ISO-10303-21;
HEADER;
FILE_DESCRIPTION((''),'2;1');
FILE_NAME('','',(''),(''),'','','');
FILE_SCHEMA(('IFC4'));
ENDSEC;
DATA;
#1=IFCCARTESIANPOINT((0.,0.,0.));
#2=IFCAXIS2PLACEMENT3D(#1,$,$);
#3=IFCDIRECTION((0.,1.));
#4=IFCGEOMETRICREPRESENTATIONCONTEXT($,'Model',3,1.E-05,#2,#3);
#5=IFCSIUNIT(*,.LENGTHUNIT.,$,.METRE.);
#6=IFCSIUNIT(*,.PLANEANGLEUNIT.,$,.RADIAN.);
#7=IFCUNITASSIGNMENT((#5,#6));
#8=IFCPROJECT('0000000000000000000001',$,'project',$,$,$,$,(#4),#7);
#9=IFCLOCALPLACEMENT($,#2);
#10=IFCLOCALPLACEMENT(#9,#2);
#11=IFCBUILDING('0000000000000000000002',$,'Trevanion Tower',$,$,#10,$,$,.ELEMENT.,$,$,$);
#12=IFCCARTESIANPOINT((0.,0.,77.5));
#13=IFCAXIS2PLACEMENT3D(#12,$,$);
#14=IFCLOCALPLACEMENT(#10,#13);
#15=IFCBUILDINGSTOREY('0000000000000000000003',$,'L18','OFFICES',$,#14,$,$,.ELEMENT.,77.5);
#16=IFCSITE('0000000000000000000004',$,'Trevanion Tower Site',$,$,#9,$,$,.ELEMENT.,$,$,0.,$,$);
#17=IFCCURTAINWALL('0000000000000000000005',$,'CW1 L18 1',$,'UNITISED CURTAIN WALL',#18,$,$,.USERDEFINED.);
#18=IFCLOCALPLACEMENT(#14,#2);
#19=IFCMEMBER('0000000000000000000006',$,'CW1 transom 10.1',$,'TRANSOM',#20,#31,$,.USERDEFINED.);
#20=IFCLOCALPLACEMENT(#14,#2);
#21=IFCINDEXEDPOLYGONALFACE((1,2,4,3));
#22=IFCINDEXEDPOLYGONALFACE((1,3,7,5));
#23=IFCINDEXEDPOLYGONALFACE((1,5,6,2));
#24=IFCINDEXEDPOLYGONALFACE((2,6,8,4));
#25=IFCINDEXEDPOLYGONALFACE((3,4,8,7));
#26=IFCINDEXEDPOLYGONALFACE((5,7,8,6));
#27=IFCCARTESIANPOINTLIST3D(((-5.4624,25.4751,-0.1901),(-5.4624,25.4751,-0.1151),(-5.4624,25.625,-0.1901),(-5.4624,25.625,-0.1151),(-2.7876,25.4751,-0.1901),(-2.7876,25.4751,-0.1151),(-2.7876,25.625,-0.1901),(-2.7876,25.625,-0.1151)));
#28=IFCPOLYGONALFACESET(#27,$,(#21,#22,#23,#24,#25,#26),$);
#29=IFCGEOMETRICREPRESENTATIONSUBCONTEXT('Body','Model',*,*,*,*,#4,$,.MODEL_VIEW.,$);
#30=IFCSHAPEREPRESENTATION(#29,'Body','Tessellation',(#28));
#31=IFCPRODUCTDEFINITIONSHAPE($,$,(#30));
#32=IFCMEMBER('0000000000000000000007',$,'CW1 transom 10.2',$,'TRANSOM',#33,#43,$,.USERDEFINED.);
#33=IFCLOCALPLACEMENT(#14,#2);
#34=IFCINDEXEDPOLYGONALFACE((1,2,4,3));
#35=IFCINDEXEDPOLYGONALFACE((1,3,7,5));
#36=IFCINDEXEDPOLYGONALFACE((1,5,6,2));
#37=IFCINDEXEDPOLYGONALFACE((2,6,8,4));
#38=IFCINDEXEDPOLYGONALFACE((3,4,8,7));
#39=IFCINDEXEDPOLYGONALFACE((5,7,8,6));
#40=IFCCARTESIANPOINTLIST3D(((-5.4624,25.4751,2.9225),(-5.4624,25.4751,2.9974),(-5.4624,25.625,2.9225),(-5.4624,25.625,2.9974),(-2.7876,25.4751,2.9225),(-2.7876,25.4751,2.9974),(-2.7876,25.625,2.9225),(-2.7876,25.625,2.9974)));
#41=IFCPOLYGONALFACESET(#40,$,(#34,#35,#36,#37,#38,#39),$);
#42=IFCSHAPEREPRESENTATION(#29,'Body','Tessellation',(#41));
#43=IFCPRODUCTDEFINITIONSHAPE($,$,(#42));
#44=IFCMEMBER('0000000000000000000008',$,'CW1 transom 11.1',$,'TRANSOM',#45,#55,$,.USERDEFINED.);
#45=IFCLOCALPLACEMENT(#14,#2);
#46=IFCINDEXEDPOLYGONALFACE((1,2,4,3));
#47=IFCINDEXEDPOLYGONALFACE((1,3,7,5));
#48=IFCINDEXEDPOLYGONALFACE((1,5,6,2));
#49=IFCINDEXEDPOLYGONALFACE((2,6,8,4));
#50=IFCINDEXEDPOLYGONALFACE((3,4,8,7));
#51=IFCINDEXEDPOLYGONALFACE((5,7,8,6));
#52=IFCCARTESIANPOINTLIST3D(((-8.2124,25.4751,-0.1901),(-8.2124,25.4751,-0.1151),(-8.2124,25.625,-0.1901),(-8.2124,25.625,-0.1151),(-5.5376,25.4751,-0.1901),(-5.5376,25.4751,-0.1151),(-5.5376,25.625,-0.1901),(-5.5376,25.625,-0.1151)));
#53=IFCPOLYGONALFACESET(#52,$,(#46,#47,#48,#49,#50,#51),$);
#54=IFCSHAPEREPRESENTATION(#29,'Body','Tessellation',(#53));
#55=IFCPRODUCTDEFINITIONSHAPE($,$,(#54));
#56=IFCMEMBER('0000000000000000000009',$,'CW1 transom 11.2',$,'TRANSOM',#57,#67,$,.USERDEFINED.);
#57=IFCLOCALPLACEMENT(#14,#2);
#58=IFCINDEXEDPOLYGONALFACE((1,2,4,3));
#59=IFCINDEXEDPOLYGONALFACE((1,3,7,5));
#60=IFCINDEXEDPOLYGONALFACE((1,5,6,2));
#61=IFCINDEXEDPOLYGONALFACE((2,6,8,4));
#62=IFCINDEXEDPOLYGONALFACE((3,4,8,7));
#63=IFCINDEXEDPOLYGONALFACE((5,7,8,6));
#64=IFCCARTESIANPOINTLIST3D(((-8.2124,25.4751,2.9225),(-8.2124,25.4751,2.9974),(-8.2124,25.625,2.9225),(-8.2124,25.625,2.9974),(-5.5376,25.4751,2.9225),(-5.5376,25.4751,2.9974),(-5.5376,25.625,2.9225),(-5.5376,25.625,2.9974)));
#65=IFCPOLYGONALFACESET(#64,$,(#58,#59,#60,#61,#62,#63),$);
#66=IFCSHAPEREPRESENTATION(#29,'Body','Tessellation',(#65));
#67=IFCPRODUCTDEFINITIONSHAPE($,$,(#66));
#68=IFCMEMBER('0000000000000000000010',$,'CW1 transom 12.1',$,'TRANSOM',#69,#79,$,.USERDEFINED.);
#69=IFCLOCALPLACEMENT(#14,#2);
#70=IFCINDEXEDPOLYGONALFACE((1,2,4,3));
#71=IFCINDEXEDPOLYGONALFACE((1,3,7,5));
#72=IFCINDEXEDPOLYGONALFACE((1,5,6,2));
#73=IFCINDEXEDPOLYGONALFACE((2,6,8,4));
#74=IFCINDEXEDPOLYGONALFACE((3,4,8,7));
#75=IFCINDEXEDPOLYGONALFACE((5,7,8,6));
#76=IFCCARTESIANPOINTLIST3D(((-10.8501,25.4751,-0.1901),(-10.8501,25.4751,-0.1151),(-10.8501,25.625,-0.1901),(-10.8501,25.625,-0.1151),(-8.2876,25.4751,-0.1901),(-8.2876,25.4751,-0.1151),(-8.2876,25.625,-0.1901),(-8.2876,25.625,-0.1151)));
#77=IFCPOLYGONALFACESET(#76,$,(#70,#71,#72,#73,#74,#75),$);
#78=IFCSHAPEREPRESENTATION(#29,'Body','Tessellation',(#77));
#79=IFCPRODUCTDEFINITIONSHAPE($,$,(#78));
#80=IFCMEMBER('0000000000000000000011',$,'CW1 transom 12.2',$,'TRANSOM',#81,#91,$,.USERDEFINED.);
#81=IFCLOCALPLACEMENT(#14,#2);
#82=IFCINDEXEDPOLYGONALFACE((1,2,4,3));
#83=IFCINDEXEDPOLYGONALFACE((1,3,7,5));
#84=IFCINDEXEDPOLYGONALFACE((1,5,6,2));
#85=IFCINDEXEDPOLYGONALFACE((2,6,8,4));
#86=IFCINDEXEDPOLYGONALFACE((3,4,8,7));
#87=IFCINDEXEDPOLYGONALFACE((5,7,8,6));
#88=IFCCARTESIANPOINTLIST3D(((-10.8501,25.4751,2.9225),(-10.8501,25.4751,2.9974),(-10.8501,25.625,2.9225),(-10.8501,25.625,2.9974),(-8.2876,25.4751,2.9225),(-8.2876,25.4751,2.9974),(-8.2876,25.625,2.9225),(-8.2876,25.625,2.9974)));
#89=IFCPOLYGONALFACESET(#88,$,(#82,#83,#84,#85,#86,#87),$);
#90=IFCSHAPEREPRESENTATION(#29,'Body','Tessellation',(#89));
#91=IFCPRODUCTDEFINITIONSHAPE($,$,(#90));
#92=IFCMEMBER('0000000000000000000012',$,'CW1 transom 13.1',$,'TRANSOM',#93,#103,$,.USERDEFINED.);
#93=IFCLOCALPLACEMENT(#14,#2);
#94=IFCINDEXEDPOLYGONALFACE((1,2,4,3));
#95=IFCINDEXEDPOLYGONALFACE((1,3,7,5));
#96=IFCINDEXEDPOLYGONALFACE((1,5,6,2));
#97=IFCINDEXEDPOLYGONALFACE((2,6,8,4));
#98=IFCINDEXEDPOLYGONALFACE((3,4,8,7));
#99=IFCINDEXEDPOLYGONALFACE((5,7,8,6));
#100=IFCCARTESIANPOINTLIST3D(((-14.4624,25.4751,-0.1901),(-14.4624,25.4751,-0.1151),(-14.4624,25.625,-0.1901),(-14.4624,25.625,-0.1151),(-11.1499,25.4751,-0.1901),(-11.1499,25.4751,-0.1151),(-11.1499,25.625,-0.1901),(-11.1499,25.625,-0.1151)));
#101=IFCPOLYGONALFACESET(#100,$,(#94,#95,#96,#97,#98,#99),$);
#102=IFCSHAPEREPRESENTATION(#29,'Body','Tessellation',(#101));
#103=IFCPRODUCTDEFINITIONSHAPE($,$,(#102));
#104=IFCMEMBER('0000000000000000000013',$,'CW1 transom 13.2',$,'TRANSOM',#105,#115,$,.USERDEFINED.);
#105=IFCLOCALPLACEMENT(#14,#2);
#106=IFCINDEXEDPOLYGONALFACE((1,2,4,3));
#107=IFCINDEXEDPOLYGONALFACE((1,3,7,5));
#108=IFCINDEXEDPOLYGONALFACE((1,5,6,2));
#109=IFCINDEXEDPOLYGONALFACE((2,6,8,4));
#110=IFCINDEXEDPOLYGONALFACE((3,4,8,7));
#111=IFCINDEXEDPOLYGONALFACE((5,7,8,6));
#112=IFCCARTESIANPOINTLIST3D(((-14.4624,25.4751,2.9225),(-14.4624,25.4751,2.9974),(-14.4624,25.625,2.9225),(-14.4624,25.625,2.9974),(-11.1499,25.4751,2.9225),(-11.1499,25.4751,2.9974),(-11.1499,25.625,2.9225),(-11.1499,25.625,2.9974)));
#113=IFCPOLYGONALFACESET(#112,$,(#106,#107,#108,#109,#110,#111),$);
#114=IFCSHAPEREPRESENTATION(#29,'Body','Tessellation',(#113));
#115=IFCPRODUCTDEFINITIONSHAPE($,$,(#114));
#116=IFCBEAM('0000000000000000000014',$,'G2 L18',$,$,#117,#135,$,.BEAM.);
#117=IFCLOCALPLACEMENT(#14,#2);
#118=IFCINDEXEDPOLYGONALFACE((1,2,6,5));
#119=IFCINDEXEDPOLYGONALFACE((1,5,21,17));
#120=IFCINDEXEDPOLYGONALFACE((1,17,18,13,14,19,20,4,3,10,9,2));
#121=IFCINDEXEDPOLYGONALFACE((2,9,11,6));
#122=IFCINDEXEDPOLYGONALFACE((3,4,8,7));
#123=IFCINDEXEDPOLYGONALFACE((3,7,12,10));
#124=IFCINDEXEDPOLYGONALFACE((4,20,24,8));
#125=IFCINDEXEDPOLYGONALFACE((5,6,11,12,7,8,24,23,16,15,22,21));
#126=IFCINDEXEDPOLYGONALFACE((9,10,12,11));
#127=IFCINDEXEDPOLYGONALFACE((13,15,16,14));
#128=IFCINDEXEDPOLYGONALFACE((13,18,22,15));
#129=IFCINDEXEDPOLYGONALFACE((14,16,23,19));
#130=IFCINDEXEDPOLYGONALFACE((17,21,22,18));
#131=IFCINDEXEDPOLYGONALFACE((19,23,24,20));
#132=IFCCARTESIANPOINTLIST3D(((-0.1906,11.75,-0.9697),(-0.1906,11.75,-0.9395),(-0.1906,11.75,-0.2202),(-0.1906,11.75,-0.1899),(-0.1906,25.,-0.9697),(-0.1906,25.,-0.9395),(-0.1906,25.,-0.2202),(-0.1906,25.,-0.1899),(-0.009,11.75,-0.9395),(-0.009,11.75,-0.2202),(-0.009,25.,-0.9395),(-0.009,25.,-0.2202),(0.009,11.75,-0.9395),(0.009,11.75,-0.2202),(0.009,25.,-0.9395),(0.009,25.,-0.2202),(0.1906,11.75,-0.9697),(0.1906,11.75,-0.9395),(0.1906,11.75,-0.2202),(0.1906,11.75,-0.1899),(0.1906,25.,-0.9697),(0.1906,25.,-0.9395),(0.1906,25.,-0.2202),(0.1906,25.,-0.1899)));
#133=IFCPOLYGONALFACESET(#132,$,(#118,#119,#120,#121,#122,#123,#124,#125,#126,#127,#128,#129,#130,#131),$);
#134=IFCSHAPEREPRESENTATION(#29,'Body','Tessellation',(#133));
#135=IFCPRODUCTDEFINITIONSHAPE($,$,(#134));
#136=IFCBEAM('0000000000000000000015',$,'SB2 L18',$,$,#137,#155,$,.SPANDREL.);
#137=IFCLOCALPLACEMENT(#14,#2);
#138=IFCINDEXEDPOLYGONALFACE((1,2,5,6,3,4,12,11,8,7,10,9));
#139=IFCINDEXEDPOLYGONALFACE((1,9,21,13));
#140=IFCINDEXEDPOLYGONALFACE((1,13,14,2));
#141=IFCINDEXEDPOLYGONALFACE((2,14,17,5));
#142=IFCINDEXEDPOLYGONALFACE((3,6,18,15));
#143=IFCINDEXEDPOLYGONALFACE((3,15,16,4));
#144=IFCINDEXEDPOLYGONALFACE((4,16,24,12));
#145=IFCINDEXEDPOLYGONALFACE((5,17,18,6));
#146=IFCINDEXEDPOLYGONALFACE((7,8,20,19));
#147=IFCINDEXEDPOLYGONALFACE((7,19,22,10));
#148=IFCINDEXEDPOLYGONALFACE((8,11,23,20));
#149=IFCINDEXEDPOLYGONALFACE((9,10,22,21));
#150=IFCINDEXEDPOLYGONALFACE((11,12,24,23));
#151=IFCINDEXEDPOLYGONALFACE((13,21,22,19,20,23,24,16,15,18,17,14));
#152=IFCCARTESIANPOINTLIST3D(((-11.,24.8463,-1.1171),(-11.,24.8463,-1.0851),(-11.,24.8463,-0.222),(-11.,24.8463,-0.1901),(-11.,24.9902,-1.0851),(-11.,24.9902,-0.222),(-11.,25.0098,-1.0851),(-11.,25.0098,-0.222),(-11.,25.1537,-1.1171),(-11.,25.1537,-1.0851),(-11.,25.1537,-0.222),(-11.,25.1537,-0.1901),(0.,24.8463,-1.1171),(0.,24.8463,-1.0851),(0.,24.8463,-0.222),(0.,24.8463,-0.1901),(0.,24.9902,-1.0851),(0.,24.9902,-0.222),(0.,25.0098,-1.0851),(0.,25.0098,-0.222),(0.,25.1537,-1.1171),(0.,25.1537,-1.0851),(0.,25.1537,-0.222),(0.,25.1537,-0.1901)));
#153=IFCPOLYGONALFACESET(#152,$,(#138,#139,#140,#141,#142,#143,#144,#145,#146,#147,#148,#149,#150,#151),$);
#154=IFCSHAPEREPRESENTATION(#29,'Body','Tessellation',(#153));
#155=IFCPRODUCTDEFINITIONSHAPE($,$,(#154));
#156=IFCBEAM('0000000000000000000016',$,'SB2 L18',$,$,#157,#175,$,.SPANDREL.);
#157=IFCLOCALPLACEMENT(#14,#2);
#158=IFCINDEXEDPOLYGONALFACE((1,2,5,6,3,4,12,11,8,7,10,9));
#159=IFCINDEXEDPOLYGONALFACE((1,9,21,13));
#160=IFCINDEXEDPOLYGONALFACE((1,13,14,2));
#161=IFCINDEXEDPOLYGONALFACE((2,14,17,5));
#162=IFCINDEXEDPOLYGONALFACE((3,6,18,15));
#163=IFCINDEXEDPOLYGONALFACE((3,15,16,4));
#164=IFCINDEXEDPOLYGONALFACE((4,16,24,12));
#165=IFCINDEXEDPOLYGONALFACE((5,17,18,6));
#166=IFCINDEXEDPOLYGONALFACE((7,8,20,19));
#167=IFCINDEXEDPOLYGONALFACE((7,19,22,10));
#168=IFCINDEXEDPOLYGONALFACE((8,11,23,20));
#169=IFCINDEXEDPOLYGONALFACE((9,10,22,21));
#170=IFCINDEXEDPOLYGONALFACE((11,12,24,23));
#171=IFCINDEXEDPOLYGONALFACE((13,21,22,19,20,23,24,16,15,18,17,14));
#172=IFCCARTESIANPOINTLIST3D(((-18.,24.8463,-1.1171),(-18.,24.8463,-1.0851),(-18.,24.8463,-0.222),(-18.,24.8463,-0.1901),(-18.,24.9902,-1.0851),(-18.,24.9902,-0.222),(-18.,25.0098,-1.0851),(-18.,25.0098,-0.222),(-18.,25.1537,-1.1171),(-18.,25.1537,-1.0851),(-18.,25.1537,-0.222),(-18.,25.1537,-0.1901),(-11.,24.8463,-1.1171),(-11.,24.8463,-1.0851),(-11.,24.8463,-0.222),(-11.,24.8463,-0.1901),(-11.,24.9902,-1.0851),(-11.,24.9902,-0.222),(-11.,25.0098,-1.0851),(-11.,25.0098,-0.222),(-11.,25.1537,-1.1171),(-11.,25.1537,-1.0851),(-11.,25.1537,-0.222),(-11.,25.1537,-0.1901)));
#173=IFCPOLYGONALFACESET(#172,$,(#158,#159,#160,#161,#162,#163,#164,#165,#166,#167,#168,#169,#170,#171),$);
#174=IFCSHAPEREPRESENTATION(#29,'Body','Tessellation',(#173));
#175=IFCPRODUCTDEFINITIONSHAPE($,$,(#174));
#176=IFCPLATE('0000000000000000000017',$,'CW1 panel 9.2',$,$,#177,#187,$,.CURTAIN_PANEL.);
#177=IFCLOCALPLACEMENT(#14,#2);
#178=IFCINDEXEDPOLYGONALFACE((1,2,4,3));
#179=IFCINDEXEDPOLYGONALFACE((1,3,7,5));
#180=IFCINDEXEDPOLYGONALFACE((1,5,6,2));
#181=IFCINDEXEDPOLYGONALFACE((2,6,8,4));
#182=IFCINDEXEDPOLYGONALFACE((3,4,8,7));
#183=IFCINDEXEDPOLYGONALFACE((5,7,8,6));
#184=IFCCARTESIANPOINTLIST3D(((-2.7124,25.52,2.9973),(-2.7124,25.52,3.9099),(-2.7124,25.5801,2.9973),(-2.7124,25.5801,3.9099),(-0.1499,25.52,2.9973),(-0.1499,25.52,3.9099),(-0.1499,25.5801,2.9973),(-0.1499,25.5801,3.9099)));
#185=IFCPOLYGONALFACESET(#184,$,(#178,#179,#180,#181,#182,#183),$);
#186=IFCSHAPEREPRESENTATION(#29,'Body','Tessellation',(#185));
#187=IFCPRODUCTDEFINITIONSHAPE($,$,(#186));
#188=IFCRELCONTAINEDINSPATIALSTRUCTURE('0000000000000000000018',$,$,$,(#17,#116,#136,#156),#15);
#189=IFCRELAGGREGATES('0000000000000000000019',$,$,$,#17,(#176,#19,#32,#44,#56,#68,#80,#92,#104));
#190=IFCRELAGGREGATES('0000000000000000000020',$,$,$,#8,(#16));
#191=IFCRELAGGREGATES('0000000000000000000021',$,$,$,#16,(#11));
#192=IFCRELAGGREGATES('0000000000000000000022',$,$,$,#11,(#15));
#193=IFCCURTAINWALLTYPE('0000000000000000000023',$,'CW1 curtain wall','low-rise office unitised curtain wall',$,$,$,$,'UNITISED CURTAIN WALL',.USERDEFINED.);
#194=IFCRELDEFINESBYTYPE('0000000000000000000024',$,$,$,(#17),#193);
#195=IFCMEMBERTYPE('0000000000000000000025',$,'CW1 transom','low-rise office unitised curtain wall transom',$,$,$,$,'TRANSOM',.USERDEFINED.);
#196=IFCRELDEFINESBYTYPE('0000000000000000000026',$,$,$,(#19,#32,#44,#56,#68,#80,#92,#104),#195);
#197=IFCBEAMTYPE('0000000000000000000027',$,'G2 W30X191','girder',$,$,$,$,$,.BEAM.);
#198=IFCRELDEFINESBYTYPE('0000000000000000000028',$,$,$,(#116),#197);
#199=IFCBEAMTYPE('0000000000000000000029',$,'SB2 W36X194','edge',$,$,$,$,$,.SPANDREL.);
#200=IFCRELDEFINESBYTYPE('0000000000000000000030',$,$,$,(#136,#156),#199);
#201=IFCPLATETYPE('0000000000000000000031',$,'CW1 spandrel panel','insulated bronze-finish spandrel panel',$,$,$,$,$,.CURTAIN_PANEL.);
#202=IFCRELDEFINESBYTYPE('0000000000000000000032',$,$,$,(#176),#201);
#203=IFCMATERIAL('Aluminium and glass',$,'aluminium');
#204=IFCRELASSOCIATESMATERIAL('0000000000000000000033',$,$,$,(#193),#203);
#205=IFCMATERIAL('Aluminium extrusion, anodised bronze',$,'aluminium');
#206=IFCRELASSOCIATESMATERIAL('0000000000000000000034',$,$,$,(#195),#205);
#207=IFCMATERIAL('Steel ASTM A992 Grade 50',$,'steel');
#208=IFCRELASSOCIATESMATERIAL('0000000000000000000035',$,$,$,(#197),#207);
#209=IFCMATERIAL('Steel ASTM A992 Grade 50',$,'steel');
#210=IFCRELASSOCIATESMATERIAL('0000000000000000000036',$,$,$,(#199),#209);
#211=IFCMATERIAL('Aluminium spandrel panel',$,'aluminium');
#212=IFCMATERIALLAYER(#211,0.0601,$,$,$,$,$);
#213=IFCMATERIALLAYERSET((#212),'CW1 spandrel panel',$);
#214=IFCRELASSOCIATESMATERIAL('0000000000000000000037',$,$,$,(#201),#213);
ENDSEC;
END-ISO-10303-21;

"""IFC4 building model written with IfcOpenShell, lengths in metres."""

from ifc_helpers import new_model, si_unit, direction, frame, origin, origin_2d, place, context, subcontext, project, spatial, rectangle, i_section, extrude, material, layer, layer_set, material_profile, profile_set, type_object, element, aggregate, save


model = new_model("IFC4")

# Units and contexts
model_context = context("Model", 3, precision=1e-05, world=origin(), true_north=direction((0.0, 1.0)))
body_context = subcontext(model_context, "Body", "Model", "MODEL_VIEW")
ifc_project = project(units=[si_unit("LENGTHUNIT", "METRE"), si_unit("PLANEANGLEUNIT", "RADIAN")], contexts=[model_context])

# Site, building, storey
site_placement = place(None, origin())
site = spatial("IfcSite", under=ifc_project, at=site_placement, Name="Trevanion Tower Site", CompositionType="ELEMENT", RefElevation=0.0)
building_placement = place(site_placement, origin())
building = spatial("IfcBuilding", under=site, at=building_placement, Name="Trevanion Tower", CompositionType="ELEMENT")
storey_placement = place(building_placement, frame((0.0, 0.0, 77.5)))
storey = spatial("IfcBuildingStorey", under=building, at=storey_placement, Name="L18", Description="OFFICES", CompositionType="ELEMENT", Elevation=77.5)

# Curtain wall, members
ifc_material_1 = material(Name="Aluminium and glass", Category="aluminium")
curtain_wall_type = type_object("IfcCurtainWallType", Name="CW1 curtain wall", Description="low-rise office unitised curtain wall", ElementType="UNITISED CURTAIN WALL", PredefinedType="USERDEFINED", material=ifc_material_1)
curtain_wall_placement = place(storey_placement, origin())
curtain_wall = element("IfcCurtainWall", 1, at=curtain_wall_placement, inside=storey, type_object=curtain_wall_type, Name="CW1 L18 1", ObjectType="UNITISED CURTAIN WALL", PredefinedType="USERDEFINED")
ifc_material_2 = material(Name="Aluminium extrusion, anodised bronze", Category="aluminium")
ifc_material_profile_1 = material_profile(ifc_material_2, rectangle(XDim=0.1499, YDim=0.075, at=origin_2d()), Name="CW1 transom")
ifc_profile_set_1 = profile_set([ifc_material_profile_1], Name="Aluminium extrusion, anodised bronze")
member_type_1 = type_object("IfcMemberType", Name="CW1 transom", Description="low-rise office unitised curtain wall transom", ElementType="TRANSOM", PredefinedType="USERDEFINED", material=ifc_profile_set_1)
member_1_placement = place(storey_placement, frame((-2.7876, 25.55, -0.1526), z_axis=(-1.0, 0.0, 0.0), x_axis=(0.0, -1.0, 0.0)))
member_1 = element("IfcMember", 2, at=member_1_placement, type_object=member_type_1, Name="CW1 transom 10.1", ObjectType="TRANSOM", PredefinedType="USERDEFINED", context=body_context, shape_type="SweptSolid", body=[
    extrude(rectangle(XDim=0.1499, YDim=0.075, at=origin_2d()), origin(), (0.0, 0.0, 1.0), 2.6748),
])
member_2_placement = place(storey_placement, frame((-2.7876, 25.55, 2.96), z_axis=(-1.0, 0.0, 0.0), x_axis=(0.0, -1.0, 0.0)))
member_2 = element("IfcMember", 3, at=member_2_placement, type_object=member_type_1, Name="CW1 transom 10.2", ObjectType="TRANSOM", PredefinedType="USERDEFINED", context=body_context, shape_type="SweptSolid", body=[
    extrude(rectangle(XDim=0.1499, YDim=0.075, at=origin_2d()), origin(), (0.0, 0.0, 1.0), 2.6748),
])
member_3_placement = place(storey_placement, frame((-5.5376, 25.55, -0.1526), z_axis=(-1.0, 0.0, 0.0), x_axis=(0.0, -1.0, 0.0)))
member_3 = element("IfcMember", 4, at=member_3_placement, type_object=member_type_1, Name="CW1 transom 11.1", ObjectType="TRANSOM", PredefinedType="USERDEFINED", context=body_context, shape_type="SweptSolid", body=[
    extrude(rectangle(XDim=0.1499, YDim=0.075, at=origin_2d()), origin(), (0.0, 0.0, 1.0), 2.6748),
])
member_4_placement = place(storey_placement, frame((-5.5376, 25.55, 2.96), z_axis=(-1.0, 0.0, 0.0), x_axis=(0.0, -1.0, 0.0)))
member_4 = element("IfcMember", 5, at=member_4_placement, type_object=member_type_1, Name="CW1 transom 11.2", ObjectType="TRANSOM", PredefinedType="USERDEFINED", context=body_context, shape_type="SweptSolid", body=[
    extrude(rectangle(XDim=0.1499, YDim=0.075, at=origin_2d()), origin(), (0.0, 0.0, 1.0), 2.6748),
])
member_5_placement = place(storey_placement, frame((-8.2876, 25.55, -0.1526), z_axis=(-1.0, 0.0, 0.0), x_axis=(0.0, -1.0, 0.0)))
member_5 = element("IfcMember", 6, at=member_5_placement, type_object=member_type_1, Name="CW1 transom 12.1", ObjectType="TRANSOM", PredefinedType="USERDEFINED", context=body_context, shape_type="SweptSolid", body=[
    extrude(rectangle(XDim=0.1499, YDim=0.075, at=origin_2d()), origin(), (0.0, 0.0, 1.0), 2.5625),
])
member_6_placement = place(storey_placement, frame((-8.2876, 25.55, 2.96), z_axis=(-1.0, 0.0, 0.0), x_axis=(0.0, -1.0, 0.0)))
member_6 = element("IfcMember", 7, at=member_6_placement, type_object=member_type_1, Name="CW1 transom 12.2", ObjectType="TRANSOM", PredefinedType="USERDEFINED", context=body_context, shape_type="SweptSolid", body=[
    extrude(rectangle(XDim=0.1499, YDim=0.075, at=origin_2d()), origin(), (0.0, 0.0, 1.0), 2.5625),
])
member_7_placement = place(storey_placement, frame((-11.1499, 25.55, -0.1526), z_axis=(-1.0, 0.0, 0.0), x_axis=(0.0, -1.0, 0.0)))
member_7 = element("IfcMember", 8, at=member_7_placement, type_object=member_type_1, Name="CW1 transom 13.1", ObjectType="TRANSOM", PredefinedType="USERDEFINED", context=body_context, shape_type="SweptSolid", body=[
    extrude(rectangle(XDim=0.1499, YDim=0.075, at=origin_2d()), origin(), (0.0, 0.0, 1.0), 3.3125),
])
member_8_placement = place(storey_placement, frame((-11.1499, 25.55, 2.96), z_axis=(-1.0, 0.0, 0.0), x_axis=(0.0, -1.0, 0.0)))
member_8 = element("IfcMember", 9, at=member_8_placement, type_object=member_type_1, Name="CW1 transom 13.2", ObjectType="TRANSOM", PredefinedType="USERDEFINED", context=body_context, shape_type="SweptSolid", body=[
    extrude(rectangle(XDim=0.1499, YDim=0.075, at=origin_2d()), origin(), (0.0, 0.0, 1.0), 3.3125),
])

# Beams
ifc_material_3 = material(Name="Steel ASTM A992 Grade 50", Category="steel")
ifc_material_profile_2 = material_profile(ifc_material_3, i_section(OverallWidth=0.3811, OverallDepth=0.7798, WebThickness=0.0181, FlangeThickness=0.0303, at=origin_2d()), Name="W30X191")
ifc_profile_set_2 = profile_set([ifc_material_profile_2], Name="Steel ASTM A992 Grade 50")
beam_type_1 = type_object("IfcBeamType", Name="G2 W30X191", Description="girder", PredefinedType="BEAM", material=ifc_profile_set_2)
beam_1_placement = place(storey_placement, frame((0.0, 11.75, -0.5798), z_axis=(0.0, 1.0, 0.0), x_axis=(-1.0, 0.0, 0.0)))
element("IfcBeam", 10, at=beam_1_placement, inside=storey, type_object=beam_type_1, Name="G2 L18", PredefinedType="BEAM", context=body_context, shape_type="SweptSolid", body=[
    extrude(i_section(OverallWidth=0.3811, OverallDepth=0.7798, WebThickness=0.0181, FlangeThickness=0.0303, at=origin_2d()), origin(), (0.0, 0.0, 1.0), 13.25),
])
ifc_material_4 = material(Name="Steel ASTM A992 Grade 50", Category="steel")
ifc_material_profile_3 = material_profile(ifc_material_4, i_section(OverallWidth=0.3074, OverallDepth=0.927, WebThickness=0.0195, FlangeThickness=0.032, at=origin_2d()), Name="W36X194")
ifc_profile_set_3 = profile_set([ifc_material_profile_3], Name="Steel ASTM A992 Grade 50")
beam_type_2 = type_object("IfcBeamType", Name="SB2 W36X194", Description="edge", PredefinedType="SPANDREL", material=ifc_profile_set_3)
beam_2_placement = place(storey_placement, frame((0.0, 25.0, -0.6536), z_axis=(-1.0, 0.0, 0.0), x_axis=(0.0, -1.0, 0.0)))
element("IfcBeam", 11, at=beam_2_placement, inside=storey, type_object=beam_type_2, Name="SB2 L18", PredefinedType="SPANDREL", context=body_context, shape_type="SweptSolid", body=[
    extrude(i_section(OverallWidth=0.3074, OverallDepth=0.927, WebThickness=0.0195, FlangeThickness=0.032, at=origin_2d()), origin(), (0.0, 0.0, 1.0), 11.0),
])
beam_3_placement = place(storey_placement, frame((-11.0, 25.0, -0.6536), z_axis=(-1.0, 0.0, 0.0), x_axis=(0.0, -1.0, 0.0)))
element("IfcBeam", 12, at=beam_3_placement, inside=storey, type_object=beam_type_2, Name="SB2 L18", PredefinedType="SPANDREL", context=body_context, shape_type="SweptSolid", body=[
    extrude(i_section(OverallWidth=0.3074, OverallDepth=0.927, WebThickness=0.0195, FlangeThickness=0.032, at=origin_2d()), origin(), (0.0, 0.0, 1.0), 7.0),
])

# Plate
ifc_material_5 = material(Name="Aluminium spandrel panel", Category="aluminium")
ifc_layer_1 = layer(ifc_material_5, 0.0601)
ifc_layer_set_1 = layer_set([ifc_layer_1], Name="CW1 spandrel panel")
plate_type_1 = type_object("IfcPlateType", Name="CW1 spandrel panel", Description="insulated bronze-finish spandrel panel", PredefinedType="CURTAIN_PANEL", material=ifc_layer_set_1)
plate_1_placement = place(storey_placement, frame((-1.4312, 25.55, 2.9973), z_axis=(0.0, 0.0, 1.0), x_axis=(-1.0, 0.0, 0.0)))
plate_1 = element("IfcPlate", 13, at=plate_1_placement, type_object=plate_type_1, Name="CW1 panel 9.2", PredefinedType="CURTAIN_PANEL", context=body_context, shape_type="SweptSolid", body=[
    extrude(rectangle(XDim=2.5625, YDim=0.0601, at=origin_2d()), origin(), (0.0, 0.0, 1.0), 0.9126),
])
aggregate(curtain_wall, [plate_1, member_1, member_2, member_3, member_4, member_5, member_6, member_7, member_8])

save(model, "model.ifc")
